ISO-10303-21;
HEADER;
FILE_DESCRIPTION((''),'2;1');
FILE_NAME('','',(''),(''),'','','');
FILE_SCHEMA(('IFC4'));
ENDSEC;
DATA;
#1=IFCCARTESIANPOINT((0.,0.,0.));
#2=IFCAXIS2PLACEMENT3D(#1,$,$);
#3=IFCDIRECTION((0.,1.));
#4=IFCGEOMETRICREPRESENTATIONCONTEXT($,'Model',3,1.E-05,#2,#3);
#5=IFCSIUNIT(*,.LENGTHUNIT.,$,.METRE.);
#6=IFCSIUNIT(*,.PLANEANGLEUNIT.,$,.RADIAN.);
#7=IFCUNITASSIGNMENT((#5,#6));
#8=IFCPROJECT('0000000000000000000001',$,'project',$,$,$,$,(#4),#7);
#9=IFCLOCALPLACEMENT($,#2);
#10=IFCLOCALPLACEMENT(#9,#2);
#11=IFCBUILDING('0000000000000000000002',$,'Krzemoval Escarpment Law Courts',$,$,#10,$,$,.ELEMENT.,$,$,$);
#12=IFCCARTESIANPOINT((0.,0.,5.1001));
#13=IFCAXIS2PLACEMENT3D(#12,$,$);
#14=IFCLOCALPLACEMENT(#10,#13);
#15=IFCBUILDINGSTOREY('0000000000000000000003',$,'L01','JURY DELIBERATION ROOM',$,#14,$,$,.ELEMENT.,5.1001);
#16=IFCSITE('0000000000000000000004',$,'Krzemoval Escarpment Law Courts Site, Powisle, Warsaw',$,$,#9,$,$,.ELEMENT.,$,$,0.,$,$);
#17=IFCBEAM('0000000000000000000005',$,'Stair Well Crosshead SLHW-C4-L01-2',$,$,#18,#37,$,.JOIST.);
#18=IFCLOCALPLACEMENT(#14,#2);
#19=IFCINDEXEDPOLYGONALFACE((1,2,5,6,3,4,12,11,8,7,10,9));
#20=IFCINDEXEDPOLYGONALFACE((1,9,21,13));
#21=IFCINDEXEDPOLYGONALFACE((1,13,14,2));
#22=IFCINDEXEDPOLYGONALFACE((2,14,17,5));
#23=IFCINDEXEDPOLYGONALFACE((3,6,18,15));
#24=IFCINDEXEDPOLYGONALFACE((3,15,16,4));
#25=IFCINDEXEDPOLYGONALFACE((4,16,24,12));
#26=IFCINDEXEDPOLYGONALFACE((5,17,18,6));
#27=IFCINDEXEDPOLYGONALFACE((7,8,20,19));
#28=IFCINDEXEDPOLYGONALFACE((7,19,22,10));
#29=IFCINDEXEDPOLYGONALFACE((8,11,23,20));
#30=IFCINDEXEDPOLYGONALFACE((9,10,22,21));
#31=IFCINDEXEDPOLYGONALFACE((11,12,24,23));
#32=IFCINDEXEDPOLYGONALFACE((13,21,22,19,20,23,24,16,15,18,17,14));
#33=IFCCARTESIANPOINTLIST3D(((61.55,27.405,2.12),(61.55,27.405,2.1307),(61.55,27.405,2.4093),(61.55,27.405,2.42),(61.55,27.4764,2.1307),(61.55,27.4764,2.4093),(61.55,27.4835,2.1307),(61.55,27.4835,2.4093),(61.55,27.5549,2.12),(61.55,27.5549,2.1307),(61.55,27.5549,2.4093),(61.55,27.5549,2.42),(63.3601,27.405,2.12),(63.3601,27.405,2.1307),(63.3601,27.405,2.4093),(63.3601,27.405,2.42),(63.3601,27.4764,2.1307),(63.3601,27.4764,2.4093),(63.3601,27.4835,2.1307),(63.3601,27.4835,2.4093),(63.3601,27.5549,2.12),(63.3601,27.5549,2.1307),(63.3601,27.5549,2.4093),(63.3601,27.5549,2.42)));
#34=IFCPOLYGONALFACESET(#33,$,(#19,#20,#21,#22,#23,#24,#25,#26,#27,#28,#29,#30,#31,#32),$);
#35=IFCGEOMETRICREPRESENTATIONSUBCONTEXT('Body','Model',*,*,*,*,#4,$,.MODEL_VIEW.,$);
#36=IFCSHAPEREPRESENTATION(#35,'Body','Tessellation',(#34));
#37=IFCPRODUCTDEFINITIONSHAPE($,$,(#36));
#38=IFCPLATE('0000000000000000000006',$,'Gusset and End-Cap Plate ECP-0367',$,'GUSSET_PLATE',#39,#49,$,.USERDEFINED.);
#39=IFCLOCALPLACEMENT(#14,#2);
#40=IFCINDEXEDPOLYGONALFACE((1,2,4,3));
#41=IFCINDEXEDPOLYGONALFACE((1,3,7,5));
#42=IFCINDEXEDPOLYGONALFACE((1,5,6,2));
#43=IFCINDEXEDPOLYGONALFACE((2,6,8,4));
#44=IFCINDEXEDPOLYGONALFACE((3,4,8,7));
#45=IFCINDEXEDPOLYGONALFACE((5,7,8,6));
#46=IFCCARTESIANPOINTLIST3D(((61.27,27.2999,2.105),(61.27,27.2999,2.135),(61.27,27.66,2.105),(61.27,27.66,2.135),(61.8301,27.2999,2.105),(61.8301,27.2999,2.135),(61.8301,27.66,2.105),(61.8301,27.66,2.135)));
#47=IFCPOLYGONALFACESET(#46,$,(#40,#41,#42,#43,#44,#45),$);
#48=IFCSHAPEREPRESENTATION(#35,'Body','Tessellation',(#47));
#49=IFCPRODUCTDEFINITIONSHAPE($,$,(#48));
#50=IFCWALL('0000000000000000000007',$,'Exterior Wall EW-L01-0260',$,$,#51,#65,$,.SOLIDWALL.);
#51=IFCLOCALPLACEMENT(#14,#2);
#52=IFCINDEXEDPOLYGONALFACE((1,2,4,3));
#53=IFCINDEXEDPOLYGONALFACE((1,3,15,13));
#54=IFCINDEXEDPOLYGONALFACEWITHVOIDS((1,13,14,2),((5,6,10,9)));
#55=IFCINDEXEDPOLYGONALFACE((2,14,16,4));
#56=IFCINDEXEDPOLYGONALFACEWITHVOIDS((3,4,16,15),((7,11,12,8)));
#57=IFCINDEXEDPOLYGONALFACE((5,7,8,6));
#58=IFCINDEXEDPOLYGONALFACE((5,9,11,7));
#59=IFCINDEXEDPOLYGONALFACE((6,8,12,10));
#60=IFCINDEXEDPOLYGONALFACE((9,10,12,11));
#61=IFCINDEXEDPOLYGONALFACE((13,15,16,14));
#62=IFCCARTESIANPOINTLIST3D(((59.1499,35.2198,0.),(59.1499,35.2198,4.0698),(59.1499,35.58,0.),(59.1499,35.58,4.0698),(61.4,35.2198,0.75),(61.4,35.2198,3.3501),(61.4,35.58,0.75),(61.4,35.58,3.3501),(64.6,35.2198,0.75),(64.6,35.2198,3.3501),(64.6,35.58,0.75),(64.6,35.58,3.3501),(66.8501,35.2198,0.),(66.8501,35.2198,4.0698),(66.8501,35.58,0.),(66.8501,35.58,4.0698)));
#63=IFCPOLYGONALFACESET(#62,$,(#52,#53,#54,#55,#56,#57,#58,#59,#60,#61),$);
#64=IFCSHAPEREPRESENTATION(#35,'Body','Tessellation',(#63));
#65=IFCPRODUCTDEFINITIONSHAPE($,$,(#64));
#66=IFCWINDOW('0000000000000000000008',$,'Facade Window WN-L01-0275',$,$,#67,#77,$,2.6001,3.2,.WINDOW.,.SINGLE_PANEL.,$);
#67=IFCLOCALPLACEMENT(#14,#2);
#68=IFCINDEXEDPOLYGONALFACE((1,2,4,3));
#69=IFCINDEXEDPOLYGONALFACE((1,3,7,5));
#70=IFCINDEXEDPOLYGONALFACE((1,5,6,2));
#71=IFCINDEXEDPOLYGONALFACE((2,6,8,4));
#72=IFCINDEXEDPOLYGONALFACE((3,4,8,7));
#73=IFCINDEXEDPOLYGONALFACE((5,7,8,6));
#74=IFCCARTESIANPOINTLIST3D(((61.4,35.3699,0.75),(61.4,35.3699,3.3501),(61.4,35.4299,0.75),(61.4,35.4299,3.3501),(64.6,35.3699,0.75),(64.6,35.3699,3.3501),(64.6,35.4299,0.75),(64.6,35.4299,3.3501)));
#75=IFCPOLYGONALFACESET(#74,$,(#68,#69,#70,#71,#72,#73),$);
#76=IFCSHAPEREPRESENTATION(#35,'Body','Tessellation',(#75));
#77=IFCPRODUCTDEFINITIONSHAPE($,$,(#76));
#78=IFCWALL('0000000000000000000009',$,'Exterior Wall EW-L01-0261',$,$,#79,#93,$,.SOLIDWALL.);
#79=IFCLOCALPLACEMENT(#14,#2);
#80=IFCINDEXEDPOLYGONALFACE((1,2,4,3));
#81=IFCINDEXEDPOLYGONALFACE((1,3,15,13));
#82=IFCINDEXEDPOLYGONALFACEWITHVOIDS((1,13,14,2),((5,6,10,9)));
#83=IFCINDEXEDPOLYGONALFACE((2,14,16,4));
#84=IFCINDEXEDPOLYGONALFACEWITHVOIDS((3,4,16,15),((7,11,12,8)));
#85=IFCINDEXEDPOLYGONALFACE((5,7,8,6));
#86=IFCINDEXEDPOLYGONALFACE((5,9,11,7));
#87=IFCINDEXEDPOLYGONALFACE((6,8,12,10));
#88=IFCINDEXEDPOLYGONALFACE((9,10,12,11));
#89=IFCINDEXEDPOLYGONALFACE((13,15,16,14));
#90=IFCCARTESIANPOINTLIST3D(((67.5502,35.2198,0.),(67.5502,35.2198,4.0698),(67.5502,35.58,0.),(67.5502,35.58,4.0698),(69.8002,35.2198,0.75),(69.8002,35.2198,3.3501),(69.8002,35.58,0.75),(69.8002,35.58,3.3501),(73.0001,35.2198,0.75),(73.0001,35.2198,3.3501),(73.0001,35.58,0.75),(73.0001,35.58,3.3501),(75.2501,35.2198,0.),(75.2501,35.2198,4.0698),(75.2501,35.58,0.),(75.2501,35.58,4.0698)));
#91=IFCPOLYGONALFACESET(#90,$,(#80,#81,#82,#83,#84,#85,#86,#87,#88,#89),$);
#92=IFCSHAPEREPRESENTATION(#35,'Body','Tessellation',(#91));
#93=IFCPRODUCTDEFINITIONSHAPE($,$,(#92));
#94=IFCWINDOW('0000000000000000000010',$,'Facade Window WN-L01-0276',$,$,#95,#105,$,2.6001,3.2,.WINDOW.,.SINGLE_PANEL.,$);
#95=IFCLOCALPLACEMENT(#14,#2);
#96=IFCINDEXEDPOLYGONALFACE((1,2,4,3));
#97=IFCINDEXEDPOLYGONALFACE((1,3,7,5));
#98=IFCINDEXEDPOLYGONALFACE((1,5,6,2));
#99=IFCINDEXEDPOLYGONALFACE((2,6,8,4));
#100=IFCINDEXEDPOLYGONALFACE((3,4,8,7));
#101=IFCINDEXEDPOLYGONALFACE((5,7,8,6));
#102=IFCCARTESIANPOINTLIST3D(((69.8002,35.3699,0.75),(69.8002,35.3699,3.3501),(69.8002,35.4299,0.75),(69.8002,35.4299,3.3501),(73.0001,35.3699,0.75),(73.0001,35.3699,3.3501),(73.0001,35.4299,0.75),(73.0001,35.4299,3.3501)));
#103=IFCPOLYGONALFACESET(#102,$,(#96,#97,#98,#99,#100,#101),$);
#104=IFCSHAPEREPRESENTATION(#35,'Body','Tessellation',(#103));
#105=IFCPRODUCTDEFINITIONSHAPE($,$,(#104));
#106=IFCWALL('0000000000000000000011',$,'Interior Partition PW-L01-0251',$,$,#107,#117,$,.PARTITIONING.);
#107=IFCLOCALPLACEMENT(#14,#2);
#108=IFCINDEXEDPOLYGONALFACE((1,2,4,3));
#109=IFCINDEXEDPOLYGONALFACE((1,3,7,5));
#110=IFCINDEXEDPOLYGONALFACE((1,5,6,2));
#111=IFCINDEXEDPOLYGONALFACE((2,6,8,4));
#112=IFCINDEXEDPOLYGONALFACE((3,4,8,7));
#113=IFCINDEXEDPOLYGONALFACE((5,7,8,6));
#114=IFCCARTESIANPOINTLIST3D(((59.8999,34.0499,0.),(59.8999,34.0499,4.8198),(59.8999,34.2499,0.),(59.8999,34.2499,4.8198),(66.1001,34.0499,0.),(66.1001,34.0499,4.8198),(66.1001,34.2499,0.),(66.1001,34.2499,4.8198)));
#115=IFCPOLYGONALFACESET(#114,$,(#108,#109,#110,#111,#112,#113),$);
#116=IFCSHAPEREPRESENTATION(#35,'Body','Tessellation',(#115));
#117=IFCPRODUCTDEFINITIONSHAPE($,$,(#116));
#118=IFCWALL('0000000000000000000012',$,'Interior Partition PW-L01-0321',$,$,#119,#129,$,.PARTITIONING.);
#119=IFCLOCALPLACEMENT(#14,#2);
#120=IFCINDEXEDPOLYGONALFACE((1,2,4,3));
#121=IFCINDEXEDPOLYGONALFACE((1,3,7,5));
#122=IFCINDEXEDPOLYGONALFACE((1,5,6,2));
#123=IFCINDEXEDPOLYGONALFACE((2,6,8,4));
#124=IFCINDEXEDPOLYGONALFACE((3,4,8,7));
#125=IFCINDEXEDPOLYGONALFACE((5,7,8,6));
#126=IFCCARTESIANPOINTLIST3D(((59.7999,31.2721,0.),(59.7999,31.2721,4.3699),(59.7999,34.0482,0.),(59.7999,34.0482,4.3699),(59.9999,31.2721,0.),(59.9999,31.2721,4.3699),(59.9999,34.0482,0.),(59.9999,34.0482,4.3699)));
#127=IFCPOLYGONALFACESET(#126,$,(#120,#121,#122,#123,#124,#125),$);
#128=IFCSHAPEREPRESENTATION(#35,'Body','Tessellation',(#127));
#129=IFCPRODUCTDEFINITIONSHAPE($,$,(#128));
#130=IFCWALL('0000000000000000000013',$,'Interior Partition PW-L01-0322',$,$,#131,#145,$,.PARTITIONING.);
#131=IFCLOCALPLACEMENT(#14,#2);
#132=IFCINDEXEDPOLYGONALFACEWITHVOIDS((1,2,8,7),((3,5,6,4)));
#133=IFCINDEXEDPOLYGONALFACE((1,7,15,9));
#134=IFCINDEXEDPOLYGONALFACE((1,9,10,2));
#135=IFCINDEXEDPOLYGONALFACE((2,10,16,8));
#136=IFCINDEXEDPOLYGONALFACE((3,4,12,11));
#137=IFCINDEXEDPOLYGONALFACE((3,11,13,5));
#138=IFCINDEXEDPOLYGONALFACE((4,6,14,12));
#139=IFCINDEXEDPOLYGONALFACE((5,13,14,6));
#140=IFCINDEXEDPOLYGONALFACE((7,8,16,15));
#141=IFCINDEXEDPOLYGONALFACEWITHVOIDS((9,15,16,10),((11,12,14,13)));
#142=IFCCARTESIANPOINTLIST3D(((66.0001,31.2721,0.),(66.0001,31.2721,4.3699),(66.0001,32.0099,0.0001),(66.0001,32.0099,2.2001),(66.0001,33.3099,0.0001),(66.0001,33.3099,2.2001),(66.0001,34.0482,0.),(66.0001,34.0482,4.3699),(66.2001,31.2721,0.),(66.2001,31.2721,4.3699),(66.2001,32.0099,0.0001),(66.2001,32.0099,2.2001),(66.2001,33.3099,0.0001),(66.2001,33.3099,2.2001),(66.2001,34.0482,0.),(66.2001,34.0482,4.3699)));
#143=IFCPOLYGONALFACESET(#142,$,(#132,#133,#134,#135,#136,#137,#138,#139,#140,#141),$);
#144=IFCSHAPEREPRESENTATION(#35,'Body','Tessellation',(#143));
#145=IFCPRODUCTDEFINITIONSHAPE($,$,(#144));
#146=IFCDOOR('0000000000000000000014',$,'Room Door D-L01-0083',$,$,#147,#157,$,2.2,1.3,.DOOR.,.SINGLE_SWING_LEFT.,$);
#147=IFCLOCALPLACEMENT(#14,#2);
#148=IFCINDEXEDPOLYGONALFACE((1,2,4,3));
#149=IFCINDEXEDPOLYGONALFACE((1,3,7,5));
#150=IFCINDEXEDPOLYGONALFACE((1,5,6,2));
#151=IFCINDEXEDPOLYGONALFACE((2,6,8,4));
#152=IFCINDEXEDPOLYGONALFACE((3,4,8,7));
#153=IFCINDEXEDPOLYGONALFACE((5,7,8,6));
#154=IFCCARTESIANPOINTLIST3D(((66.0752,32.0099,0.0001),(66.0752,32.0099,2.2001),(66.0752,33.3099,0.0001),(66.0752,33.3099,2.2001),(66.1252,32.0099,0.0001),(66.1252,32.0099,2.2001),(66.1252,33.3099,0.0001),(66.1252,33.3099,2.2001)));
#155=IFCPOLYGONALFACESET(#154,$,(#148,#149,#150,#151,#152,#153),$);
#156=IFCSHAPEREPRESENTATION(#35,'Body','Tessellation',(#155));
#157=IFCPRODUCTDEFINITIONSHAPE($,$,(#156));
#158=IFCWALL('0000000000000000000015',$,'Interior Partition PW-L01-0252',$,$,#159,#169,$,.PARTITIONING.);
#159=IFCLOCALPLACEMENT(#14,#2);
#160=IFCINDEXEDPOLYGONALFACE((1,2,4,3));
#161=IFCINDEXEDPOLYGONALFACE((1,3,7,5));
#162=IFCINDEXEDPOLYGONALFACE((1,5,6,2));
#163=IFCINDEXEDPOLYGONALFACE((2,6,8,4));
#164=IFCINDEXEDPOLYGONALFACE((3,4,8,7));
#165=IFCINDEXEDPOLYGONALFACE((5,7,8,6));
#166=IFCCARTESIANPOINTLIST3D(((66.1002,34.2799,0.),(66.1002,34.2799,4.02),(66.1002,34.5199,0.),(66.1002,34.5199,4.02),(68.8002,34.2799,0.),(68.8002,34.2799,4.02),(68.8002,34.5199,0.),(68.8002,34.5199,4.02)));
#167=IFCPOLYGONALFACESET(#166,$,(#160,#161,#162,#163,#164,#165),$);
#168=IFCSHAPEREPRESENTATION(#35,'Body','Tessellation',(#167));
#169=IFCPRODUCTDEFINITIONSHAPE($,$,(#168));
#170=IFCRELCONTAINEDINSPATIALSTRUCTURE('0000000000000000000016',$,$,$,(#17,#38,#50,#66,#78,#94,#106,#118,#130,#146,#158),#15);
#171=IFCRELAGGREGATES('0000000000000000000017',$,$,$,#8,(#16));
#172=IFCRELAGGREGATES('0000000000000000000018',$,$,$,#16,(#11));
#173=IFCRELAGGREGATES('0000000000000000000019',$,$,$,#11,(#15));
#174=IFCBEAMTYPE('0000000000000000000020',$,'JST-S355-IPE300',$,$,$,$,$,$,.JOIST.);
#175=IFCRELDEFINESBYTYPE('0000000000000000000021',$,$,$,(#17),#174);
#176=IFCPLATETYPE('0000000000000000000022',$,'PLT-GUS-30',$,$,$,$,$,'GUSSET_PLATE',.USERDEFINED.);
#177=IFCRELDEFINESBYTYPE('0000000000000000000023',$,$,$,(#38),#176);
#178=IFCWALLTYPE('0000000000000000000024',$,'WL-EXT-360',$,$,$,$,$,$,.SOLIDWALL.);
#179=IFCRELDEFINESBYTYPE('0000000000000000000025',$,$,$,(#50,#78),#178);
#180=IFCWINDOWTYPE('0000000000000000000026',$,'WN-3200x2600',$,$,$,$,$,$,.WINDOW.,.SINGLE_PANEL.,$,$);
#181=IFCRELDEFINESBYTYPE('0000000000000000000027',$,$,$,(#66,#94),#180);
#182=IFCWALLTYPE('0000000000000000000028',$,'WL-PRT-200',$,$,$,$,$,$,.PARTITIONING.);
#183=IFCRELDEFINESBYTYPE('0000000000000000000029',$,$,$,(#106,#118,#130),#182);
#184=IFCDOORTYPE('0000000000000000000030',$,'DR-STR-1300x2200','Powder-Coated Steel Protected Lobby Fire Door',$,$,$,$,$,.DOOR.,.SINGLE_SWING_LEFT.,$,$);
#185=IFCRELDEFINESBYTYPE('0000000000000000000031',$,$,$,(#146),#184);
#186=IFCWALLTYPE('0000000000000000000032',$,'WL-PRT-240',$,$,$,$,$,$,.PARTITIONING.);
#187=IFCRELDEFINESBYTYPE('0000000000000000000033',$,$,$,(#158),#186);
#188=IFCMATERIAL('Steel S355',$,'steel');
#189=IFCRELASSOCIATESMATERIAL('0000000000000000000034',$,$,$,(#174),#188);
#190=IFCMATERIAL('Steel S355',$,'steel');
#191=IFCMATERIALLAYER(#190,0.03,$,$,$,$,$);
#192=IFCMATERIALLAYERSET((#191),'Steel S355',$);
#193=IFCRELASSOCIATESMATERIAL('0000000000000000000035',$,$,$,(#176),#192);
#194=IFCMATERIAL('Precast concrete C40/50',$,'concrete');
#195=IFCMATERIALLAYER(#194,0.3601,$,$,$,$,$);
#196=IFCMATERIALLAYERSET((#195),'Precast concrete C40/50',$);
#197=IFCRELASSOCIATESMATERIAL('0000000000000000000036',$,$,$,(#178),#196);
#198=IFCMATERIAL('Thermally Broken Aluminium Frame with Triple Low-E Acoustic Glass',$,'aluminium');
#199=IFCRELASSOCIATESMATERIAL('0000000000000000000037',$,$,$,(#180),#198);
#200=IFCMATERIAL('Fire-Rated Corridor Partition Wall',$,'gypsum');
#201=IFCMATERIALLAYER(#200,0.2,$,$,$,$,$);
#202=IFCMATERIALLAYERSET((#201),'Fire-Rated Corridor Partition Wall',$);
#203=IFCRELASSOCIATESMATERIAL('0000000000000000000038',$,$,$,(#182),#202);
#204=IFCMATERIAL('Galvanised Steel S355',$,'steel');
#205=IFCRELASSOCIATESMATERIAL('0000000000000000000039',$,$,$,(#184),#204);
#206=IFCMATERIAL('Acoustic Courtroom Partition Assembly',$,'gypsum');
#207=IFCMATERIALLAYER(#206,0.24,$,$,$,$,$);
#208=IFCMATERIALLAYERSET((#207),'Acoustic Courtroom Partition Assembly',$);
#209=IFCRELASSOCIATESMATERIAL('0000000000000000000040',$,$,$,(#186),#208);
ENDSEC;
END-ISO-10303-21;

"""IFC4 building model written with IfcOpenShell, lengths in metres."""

from ifc_helpers import new_model, si_unit, direction, frame, frame_2d, origin, origin_2d, place, context, subcontext, project, spatial, rectangle, i_section, extrude, material, layer, layer_set, material_profile, profile_set, type_object, element, fill, save


model = new_model("IFC4")

# Units and contexts
model_context = context("Model", 3, precision=1e-05, world=origin(), true_north=direction((0.0, 1.0)))
body_context = subcontext(model_context, "Body", "Model", "MODEL_VIEW")
ifc_project = project(units=[si_unit("LENGTHUNIT", "METRE"), si_unit("PLANEANGLEUNIT", "RADIAN")], contexts=[model_context])

# Site, building, storey
site_placement = place(None, origin())
site = spatial("IfcSite", under=ifc_project, at=site_placement, Name="Krzemoval Escarpment Law Courts Site, Powisle, Warsaw", CompositionType="ELEMENT", RefElevation=0.0)
building_placement = place(site_placement, origin())
building = spatial("IfcBuilding", under=site, at=building_placement, Name="Krzemoval Escarpment Law Courts", CompositionType="ELEMENT")
storey_placement = place(building_placement, frame((0.0, 0.0, 5.1001)))
storey = spatial("IfcBuildingStorey", under=building, at=storey_placement, Name="L01", Description="JURY DELIBERATION ROOM", CompositionType="ELEMENT", Elevation=5.1001)

# Beam
ifc_material_1 = material(Name="Steel S355", Category="steel")
ifc_material_profile_1 = material_profile(ifc_material_1, i_section(OverallWidth=0.1499, OverallDepth=0.3, WebThickness=0.0071, FlangeThickness=0.0107, at=origin_2d()), Name="IPE 300")
ifc_profile_set_1 = profile_set([ifc_material_profile_1], Name="Steel S355")
beam_type_1 = type_object("IfcBeamType", Name="JST-S355-IPE300", PredefinedType="JOIST", material=ifc_profile_set_1)
beam_1_placement = place(storey_placement, frame((61.55, 27.48, 2.27), z_axis=(1.0, 0.0, 0.0), x_axis=(0.0, 1.0, 0.0)))
element("IfcBeam", 1, at=beam_1_placement, inside=storey, type_object=beam_type_1, Name="Stair Well Crosshead SLHW-C4-L01-2", PredefinedType="JOIST", context=body_context, shape_type="SweptSolid", body=[
    extrude(i_section(OverallWidth=0.1499, OverallDepth=0.3, WebThickness=0.0071, FlangeThickness=0.0107, at=origin_2d()), origin(), (0.0, 0.0, 1.0), 1.8101),
])

# Plate
ifc_material_2 = material(Name="Steel S355", Category="steel")
ifc_layer_1 = layer(ifc_material_2, 0.03)
ifc_layer_set_1 = layer_set([ifc_layer_1], Name="Steel S355")
plate_type = type_object("IfcPlateType", Name="PLT-GUS-30", ElementType="GUSSET_PLATE", PredefinedType="USERDEFINED", material=ifc_layer_set_1)
plate_placement = place(storey_placement, frame((61.55, 27.48, 2.105), z_axis=(0.0, 0.0, 1.0), x_axis=(1.0, 0.0, 0.0)))
element("IfcPlate", 2, at=plate_placement, inside=storey, type_object=plate_type, Name="Gusset and End-Cap Plate ECP-0367", ObjectType="GUSSET_PLATE", PredefinedType="USERDEFINED", context=body_context, shape_type="SweptSolid", body=[
    extrude(rectangle(XDim=0.5601, YDim=0.3601, at=origin_2d()), origin(), (0.0, 0.0, 1.0), 0.03),
])

# Walls, openings, windows
ifc_material_3 = material(Name="Precast concrete C40/50", Category="concrete")
ifc_layer_2 = layer(ifc_material_3, 0.3601)
ifc_layer_set_2 = layer_set([ifc_layer_2], Name="Precast concrete C40/50")
wall_type_1 = type_object("IfcWallType", Name="WL-EXT-360", PredefinedType="SOLIDWALL", material=ifc_layer_set_2)
wall_1_placement = place(storey_placement, frame((59.1499, 35.3999, 0.0), z_axis=(0.0, 0.0, 1.0), x_axis=(1.0, 0.0, 0.0)))
wall_1 = element("IfcWall", 3, at=wall_1_placement, inside=storey, type_object=wall_type_1, Name="Exterior Wall EW-L01-0260", PredefinedType="SOLIDWALL", context=body_context, shape_type="SweptSolid", body=[
    extrude(rectangle(XDim=7.7002, YDim=0.3601, at=frame_2d((3.8501, 0.0))), origin(), (0.0, 0.0, 1.0), 4.0698),
])
opening_1_placement = place(wall_1_placement, frame((2.25, 0.0, 0.75)))
opening_1 = element("IfcOpeningElement", 4, at=opening_1_placement, cuts=wall_1, PredefinedType="OPENING", context=body_context, shape_type="SweptSolid", body=[
    extrude(rectangle(XDim=3.2, YDim=2.6001, at=frame_2d((1.6001, 1.3))), frame((0.0, 0.1951, 0.0), z_axis=(0.0, -1.0, 0.0), x_axis=(1.0, 0.0, 0.0)), (0.0, 0.0, 1.0), 0.3901),
])
ifc_material_4 = material(Name="Thermally Broken Aluminium Frame with Triple Low-E Acoustic Glass", Category="aluminium")
window_type = type_object("IfcWindowType", Name="WN-3200x2600", PartitioningType="SINGLE_PANEL", PredefinedType="WINDOW", material=ifc_material_4)
window_1_placement = place(opening_1_placement, origin())
window_1 = element("IfcWindow", 5, at=window_1_placement, inside=storey, type_object=window_type, Name="Facade Window WN-L01-0275", OverallHeight=2.6001, OverallWidth=3.2, PartitioningType="SINGLE_PANEL", PredefinedType="WINDOW", context=body_context, shape_type="SweptSolid", body=[
    extrude(rectangle(XDim=3.2, YDim=2.6001, at=frame_2d((1.6001, 1.3))), frame((0.0, 0.03, 0.0), z_axis=(0.0, -1.0, 0.0), x_axis=(1.0, 0.0, 0.0)), (0.0, 0.0, 1.0), 0.0601),
])
fill(opening_1, window_1)
wall_2_placement = place(storey_placement, frame((67.55, 35.3999, 0.0), z_axis=(0.0, 0.0, 1.0), x_axis=(1.0, 0.0, 0.0)))
wall_2 = element("IfcWall", 6, at=wall_2_placement, inside=storey, type_object=wall_type_1, Name="Exterior Wall EW-L01-0261", PredefinedType="SOLIDWALL", context=body_context, shape_type="SweptSolid", body=[
    extrude(rectangle(XDim=7.7, YDim=0.3601, at=frame_2d((3.8501, 0.0))), origin(), (0.0, 0.0, 1.0), 4.0698),
])
opening_2_placement = place(wall_2_placement, frame((2.25, 0.0, 0.75)))
opening_2 = element("IfcOpeningElement", 7, at=opening_2_placement, cuts=wall_2, PredefinedType="OPENING", context=body_context, shape_type="SweptSolid", body=[
    extrude(rectangle(XDim=3.2, YDim=2.6001, at=frame_2d((1.6001, 1.3))), frame((0.0, 0.1951, 0.0), z_axis=(0.0, -1.0, 0.0), x_axis=(1.0, 0.0, 0.0)), (0.0, 0.0, 1.0), 0.3901),
])
window_2_placement = place(opening_2_placement, origin())
window_2 = element("IfcWindow", 8, at=window_2_placement, inside=storey, type_object=window_type, Name="Facade Window WN-L01-0276", OverallHeight=2.6001, OverallWidth=3.2, PartitioningType="SINGLE_PANEL", PredefinedType="WINDOW", context=body_context, shape_type="SweptSolid", body=[
    extrude(rectangle(XDim=3.2, YDim=2.6001, at=frame_2d((1.6001, 1.3))), frame((0.0, 0.03, 0.0), z_axis=(0.0, -1.0, 0.0), x_axis=(1.0, 0.0, 0.0)), (0.0, 0.0, 1.0), 0.0601),
])
fill(opening_2, window_2)

# Walls
ifc_material_5 = material(Name="Fire-Rated Corridor Partition Wall", Category="gypsum")
ifc_layer_3 = layer(ifc_material_5, 0.2)
ifc_layer_set_3 = layer_set([ifc_layer_3], Name="Fire-Rated Corridor Partition Wall")
wall_type_2 = type_object("IfcWallType", Name="WL-PRT-200", PredefinedType="PARTITIONING", material=ifc_layer_set_3)
wall_3_placement = place(storey_placement, frame((59.8999, 34.1499, 0.0), z_axis=(0.0, 0.0, 1.0), x_axis=(1.0, 0.0, 0.0)))
element("IfcWall", 9, at=wall_3_placement, inside=storey, type_object=wall_type_2, Name="Interior Partition PW-L01-0251", PredefinedType="PARTITIONING", context=body_context, shape_type="SweptSolid", body=[
    extrude(rectangle(XDim=6.2002, YDim=0.2, at=frame_2d((3.1001, 0.0))), origin(), (0.0, 0.0, 1.0), 4.8198),
])
wall_4_placement = place(storey_placement, frame((59.8999, 31.272, 0.0), z_axis=(0.0, 0.0, 1.0), x_axis=(0.0, 1.0, 0.0)))
element("IfcWall", 10, at=wall_4_placement, inside=storey, type_object=wall_type_2, Name="Interior Partition PW-L01-0321", PredefinedType="PARTITIONING", context=body_context, shape_type="SweptSolid", body=[
    extrude(rectangle(XDim=2.7761, YDim=0.2, at=frame_2d((1.3882, 0.0))), origin(), (0.0, 0.0, 1.0), 4.3699),
])

# Wall, opening, door
wall_5_placement = place(storey_placement, frame((66.1001, 31.272, 0.0), z_axis=(0.0, 0.0, 1.0), x_axis=(0.0, 1.0, 0.0)))
wall_5 = element("IfcWall", 11, at=wall_5_placement, inside=storey, type_object=wall_type_2, Name="Interior Partition PW-L01-0322", PredefinedType="PARTITIONING", context=body_context, shape_type="SweptSolid", body=[
    extrude(rectangle(XDim=2.7761, YDim=0.2, at=frame_2d((1.3882, 0.0))), origin(), (0.0, 0.0, 1.0), 4.3699),
])
opening_3_placement = place(wall_5_placement, frame((0.738, 0.0, 0.0)))
opening_3 = element("IfcOpeningElement", 12, at=opening_3_placement, cuts=wall_5, PredefinedType="OPENING", context=body_context, shape_type="SweptSolid", body=[
    extrude(rectangle(XDim=1.3, YDim=2.2, at=frame_2d((0.6499, 1.1001))), frame((0.0, 0.115, 0.0), z_axis=(0.0, -1.0, 0.0), x_axis=(1.0, 0.0, 0.0)), (0.0, 0.0, 1.0), 0.2299),
])
ifc_material_6 = material(Name="Galvanised Steel S355", Category="steel")
door_type_1 = type_object("IfcDoorType", Name="DR-STR-1300x2200", Description="Powder-Coated Steel Protected Lobby Fire Door", OperationType="SINGLE_SWING_LEFT", PredefinedType="DOOR", material=ifc_material_6)
door_1_placement = place(opening_3_placement, origin())
door_1 = element("IfcDoor", 13, at=door_1_placement, inside=storey, type_object=door_type_1, Name="Room Door D-L01-0083", OperationType="SINGLE_SWING_LEFT", OverallHeight=2.2, OverallWidth=1.3, PredefinedType="DOOR", context=body_context, shape_type="SweptSolid", body=[
    extrude(rectangle(XDim=1.3, YDim=2.2, at=frame_2d((0.6499, 1.1001))), frame((0.0, 0.0249, 0.0), z_axis=(0.0, -1.0, 0.0), x_axis=(1.0, 0.0, 0.0)), (0.0, 0.0, 1.0), 0.05),
])
fill(opening_3, door_1)

# Wall
ifc_material_7 = material(Name="Acoustic Courtroom Partition Assembly", Category="gypsum")
ifc_layer_4 = layer(ifc_material_7, 0.24)
ifc_layer_set_4 = layer_set([ifc_layer_4], Name="Acoustic Courtroom Partition Assembly")
wall_type_3 = type_object("IfcWallType", Name="WL-PRT-240", PredefinedType="PARTITIONING", material=ifc_layer_set_4)
wall_6_placement = place(storey_placement, frame((66.1001, 34.3999, 0.0), z_axis=(0.0, 0.0, 1.0), x_axis=(1.0, 0.0, 0.0)))
element("IfcWall", 14, at=wall_6_placement, inside=storey, type_object=wall_type_3, Name="Interior Partition PW-L01-0252", PredefinedType="PARTITIONING", context=body_context, shape_type="SweptSolid", body=[
    extrude(rectangle(XDim=2.7, YDim=0.24, at=frame_2d((1.3501, 0.0))), origin(), (0.0, 0.0, 1.0), 4.02),
])

save(model, "model.ifc")
